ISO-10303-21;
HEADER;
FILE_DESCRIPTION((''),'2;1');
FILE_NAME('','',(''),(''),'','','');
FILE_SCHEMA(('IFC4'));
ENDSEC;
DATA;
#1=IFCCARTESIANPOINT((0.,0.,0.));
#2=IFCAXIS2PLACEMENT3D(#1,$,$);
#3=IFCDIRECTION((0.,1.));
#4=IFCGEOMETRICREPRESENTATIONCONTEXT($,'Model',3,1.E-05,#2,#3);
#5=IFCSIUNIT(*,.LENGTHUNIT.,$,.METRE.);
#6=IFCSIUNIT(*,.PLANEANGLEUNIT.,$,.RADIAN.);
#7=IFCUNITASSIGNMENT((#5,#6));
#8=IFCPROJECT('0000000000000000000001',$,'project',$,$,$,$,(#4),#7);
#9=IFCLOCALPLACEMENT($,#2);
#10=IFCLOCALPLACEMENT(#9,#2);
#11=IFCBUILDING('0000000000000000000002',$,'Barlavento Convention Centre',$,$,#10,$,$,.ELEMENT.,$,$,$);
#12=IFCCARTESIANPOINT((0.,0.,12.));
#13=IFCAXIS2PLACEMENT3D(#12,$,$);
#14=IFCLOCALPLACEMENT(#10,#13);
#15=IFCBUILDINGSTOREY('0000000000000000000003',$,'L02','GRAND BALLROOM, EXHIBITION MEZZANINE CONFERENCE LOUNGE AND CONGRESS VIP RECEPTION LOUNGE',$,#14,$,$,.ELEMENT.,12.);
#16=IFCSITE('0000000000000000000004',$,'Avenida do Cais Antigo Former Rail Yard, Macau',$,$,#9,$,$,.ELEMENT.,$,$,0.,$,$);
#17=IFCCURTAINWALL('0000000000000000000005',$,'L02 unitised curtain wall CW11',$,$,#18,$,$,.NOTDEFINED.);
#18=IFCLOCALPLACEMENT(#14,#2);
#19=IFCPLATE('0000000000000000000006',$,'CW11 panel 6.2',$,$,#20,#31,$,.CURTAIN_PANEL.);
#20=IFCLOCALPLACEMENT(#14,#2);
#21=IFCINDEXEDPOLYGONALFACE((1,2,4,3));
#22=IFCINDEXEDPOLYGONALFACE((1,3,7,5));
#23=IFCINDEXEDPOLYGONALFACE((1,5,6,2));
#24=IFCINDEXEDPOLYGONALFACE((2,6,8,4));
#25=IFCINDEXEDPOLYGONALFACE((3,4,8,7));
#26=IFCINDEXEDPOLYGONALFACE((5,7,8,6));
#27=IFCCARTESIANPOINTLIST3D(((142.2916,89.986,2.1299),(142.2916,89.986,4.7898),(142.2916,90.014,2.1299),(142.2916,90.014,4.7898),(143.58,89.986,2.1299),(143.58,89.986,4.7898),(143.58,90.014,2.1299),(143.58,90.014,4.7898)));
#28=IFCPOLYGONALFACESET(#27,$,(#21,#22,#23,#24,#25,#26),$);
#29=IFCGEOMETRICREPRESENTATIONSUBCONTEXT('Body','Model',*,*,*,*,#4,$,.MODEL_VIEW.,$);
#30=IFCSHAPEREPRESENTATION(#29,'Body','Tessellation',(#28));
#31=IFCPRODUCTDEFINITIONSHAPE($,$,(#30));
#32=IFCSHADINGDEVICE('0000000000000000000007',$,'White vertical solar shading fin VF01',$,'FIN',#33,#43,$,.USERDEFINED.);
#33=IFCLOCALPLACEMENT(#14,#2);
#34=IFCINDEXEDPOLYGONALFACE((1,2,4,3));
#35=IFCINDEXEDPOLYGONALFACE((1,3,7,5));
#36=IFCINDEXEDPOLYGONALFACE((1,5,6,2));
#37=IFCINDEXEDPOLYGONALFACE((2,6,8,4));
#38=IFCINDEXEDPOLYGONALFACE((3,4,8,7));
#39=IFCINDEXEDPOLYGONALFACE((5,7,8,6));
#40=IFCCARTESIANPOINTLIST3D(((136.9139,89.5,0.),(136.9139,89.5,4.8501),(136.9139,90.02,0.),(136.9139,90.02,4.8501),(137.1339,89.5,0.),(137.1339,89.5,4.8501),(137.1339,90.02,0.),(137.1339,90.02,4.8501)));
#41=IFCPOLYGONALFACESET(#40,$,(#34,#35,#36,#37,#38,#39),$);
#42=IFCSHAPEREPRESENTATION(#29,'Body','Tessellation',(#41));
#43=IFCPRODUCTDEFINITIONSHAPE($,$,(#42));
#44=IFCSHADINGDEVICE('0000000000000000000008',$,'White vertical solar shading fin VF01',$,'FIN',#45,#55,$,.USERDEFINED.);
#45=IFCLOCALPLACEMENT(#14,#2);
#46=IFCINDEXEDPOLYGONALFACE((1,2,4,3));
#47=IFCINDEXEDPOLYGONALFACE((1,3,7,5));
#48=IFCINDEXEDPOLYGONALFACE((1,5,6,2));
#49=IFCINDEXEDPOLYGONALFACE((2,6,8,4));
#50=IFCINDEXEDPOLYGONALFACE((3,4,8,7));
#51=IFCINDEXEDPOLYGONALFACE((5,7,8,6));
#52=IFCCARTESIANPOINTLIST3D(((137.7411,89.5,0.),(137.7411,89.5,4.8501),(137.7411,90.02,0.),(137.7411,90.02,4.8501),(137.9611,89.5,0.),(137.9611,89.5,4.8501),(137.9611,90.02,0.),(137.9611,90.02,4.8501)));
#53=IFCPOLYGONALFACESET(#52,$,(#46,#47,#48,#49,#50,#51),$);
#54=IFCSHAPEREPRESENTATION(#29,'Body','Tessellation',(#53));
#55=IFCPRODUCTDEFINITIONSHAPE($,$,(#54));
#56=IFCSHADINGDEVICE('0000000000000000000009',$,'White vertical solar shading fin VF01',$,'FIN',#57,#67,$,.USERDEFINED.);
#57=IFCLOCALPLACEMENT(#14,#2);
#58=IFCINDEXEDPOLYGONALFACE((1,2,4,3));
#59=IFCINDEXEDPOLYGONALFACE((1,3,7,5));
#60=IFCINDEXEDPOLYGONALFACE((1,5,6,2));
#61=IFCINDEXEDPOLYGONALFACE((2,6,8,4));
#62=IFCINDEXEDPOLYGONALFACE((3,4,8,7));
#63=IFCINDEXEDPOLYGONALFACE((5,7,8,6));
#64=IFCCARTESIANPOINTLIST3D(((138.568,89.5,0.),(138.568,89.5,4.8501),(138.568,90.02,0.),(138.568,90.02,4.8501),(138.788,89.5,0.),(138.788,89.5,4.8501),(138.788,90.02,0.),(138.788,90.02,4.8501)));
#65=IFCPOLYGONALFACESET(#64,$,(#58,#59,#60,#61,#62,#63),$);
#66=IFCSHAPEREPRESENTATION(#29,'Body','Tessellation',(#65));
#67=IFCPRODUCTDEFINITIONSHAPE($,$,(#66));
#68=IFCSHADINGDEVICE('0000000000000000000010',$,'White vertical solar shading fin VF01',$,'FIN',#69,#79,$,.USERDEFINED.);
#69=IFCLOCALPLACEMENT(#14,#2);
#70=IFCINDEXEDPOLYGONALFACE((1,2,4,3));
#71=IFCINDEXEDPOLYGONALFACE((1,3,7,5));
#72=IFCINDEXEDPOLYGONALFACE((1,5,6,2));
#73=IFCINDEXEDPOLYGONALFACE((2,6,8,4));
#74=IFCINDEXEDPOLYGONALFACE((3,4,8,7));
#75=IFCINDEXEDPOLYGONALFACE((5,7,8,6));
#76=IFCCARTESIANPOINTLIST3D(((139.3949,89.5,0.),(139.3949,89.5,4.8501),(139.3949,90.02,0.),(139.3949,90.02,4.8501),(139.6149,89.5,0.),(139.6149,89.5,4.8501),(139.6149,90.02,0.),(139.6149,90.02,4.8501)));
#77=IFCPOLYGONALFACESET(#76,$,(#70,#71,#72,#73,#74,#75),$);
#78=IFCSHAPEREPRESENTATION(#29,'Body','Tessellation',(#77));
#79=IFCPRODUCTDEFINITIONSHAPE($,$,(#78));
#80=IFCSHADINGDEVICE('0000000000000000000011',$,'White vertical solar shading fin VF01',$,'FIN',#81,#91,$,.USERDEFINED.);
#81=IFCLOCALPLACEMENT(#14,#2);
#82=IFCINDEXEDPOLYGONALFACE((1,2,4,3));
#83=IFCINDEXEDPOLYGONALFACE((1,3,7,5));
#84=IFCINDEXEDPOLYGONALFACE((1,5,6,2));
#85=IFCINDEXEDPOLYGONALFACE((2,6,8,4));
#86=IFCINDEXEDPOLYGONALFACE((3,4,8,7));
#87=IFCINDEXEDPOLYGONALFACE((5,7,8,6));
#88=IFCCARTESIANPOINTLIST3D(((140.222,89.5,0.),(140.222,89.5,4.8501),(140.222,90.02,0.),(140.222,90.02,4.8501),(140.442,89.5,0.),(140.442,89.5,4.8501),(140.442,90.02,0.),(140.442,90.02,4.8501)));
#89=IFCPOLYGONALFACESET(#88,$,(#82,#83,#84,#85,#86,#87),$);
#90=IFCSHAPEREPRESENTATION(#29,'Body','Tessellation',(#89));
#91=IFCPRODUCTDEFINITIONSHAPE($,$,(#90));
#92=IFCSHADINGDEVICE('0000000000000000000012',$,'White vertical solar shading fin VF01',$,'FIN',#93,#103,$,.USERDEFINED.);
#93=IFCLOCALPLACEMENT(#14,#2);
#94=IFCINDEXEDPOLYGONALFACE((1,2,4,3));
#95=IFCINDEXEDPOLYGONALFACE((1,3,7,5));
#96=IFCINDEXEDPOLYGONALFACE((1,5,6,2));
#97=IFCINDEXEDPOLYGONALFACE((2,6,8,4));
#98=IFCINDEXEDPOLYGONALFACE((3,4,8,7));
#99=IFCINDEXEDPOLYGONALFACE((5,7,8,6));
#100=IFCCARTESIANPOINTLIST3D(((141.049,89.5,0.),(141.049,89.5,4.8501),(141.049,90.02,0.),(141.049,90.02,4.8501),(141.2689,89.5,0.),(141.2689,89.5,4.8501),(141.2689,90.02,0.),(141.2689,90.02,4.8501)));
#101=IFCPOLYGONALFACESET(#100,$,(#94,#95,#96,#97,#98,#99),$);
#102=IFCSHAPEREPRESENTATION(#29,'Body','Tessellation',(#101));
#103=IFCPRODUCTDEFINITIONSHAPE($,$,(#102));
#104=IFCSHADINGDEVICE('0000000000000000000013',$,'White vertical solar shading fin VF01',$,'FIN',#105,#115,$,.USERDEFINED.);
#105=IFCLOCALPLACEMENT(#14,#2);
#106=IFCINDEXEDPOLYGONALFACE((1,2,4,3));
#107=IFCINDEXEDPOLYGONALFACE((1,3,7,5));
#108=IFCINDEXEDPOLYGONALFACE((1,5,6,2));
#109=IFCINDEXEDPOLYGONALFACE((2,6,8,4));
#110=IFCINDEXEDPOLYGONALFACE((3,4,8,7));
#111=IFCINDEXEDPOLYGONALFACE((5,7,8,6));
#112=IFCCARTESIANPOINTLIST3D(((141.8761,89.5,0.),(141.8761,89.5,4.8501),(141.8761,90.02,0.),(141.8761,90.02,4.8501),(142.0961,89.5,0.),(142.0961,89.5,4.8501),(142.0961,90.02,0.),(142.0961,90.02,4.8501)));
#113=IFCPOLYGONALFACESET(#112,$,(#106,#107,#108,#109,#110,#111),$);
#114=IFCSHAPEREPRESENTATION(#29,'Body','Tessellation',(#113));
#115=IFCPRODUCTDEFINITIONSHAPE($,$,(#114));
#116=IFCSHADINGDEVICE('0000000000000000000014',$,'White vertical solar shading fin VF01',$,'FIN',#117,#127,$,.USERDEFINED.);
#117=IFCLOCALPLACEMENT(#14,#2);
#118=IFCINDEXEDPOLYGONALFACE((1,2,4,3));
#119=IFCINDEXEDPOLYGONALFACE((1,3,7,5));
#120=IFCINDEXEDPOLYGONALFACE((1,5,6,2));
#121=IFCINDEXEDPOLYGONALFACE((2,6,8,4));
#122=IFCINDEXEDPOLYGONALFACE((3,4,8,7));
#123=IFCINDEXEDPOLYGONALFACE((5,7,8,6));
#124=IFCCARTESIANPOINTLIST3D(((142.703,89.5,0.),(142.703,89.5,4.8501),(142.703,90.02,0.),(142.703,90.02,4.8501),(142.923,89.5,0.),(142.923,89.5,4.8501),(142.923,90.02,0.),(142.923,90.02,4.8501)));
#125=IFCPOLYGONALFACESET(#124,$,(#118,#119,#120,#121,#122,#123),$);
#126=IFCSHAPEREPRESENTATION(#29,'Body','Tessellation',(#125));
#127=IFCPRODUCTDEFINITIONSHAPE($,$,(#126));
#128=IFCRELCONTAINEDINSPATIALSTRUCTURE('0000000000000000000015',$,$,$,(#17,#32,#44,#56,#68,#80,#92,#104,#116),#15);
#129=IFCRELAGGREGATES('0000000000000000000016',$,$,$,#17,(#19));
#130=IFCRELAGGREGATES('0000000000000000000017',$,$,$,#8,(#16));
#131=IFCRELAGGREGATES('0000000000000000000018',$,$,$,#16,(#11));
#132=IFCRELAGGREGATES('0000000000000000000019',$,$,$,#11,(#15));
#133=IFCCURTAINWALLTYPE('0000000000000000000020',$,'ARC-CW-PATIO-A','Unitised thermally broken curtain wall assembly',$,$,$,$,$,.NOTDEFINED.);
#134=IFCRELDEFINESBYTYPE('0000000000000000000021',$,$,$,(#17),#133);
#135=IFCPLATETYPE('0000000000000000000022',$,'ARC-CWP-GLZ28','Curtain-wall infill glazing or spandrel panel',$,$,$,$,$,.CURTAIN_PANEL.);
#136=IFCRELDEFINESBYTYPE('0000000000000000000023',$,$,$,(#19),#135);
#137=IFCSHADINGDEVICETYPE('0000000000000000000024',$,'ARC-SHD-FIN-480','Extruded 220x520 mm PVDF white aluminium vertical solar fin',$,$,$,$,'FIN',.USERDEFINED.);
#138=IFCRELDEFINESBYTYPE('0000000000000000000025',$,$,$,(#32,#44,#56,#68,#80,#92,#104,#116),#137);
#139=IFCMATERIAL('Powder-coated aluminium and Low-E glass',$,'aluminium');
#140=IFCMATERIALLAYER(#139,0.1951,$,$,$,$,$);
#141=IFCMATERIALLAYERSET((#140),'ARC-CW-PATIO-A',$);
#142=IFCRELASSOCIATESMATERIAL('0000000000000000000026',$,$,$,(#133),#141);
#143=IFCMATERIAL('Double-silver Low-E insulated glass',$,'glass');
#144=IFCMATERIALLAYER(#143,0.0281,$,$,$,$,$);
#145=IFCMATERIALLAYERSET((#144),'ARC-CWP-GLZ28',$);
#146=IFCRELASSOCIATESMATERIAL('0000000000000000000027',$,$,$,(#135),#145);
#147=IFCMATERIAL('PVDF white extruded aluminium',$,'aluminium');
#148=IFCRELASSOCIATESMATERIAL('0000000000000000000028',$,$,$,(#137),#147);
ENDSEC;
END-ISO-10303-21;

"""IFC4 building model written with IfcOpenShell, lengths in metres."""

from ifc_helpers import new_model, si_unit, direction, frame, origin, origin_2d, place, context, subcontext, project, spatial, rectangle, extrude, material, layer, layer_set, type_object, element, aggregate, save


model = new_model("IFC4")

# Units and contexts
model_context = context("Model", 3, precision=1e-05, world=origin(), true_north=direction((0.0, 1.0)))
body_context = subcontext(model_context, "Body", "Model", "MODEL_VIEW")
ifc_project = project(units=[si_unit("LENGTHUNIT", "METRE"), si_unit("PLANEANGLEUNIT", "RADIAN")], contexts=[model_context])

# Site, building, storey
site_placement = place(None, origin())
site = spatial("IfcSite", under=ifc_project, at=site_placement, Name="Avenida do Cais Antigo Former Rail Yard, Macau", CompositionType="ELEMENT", RefElevation=0.0)
building_placement = place(site_placement, origin())
building = spatial("IfcBuilding", under=site, at=building_placement, Name="Barlavento Convention Centre", CompositionType="ELEMENT")
storey_placement = place(building_placement, frame((0.0, 0.0, 12.0)))
storey = spatial("IfcBuildingStorey", under=building, at=storey_placement, Name="L02", Description="GRAND BALLROOM, EXHIBITION MEZZANINE CONFERENCE LOUNGE AND CONGRESS VIP RECEPTION LOUNGE", CompositionType="ELEMENT", Elevation=12.0)

# Curtain wall
ifc_material_1 = material(Name="Powder-coated aluminium and Low-E glass", Category="aluminium")
ifc_layer_1 = layer(ifc_material_1, 0.1951)
ifc_layer_set_1 = layer_set([ifc_layer_1], Name="ARC-CW-PATIO-A")
curtain_wall_type = type_object("IfcCurtainWallType", Name="ARC-CW-PATIO-A", Description="Unitised thermally broken curtain wall assembly", PredefinedType="NOTDEFINED", material=ifc_layer_set_1)
curtain_wall_placement = place(storey_placement, origin())
curtain_wall = element("IfcCurtainWall", 1, at=curtain_wall_placement, inside=storey, type_object=curtain_wall_type, Name="L02 unitised curtain wall CW11", PredefinedType="NOTDEFINED")

# Plate
ifc_material_2 = material(Name="Double-silver Low-E insulated glass", Category="glass")
ifc_layer_2 = layer(ifc_material_2, 0.0281)
ifc_layer_set_2 = layer_set([ifc_layer_2], Name="ARC-CWP-GLZ28")
plate_type = type_object("IfcPlateType", Name="ARC-CWP-GLZ28", Description="Curtain-wall infill glazing or spandrel panel", PredefinedType="CURTAIN_PANEL", material=ifc_layer_set_2)
plate_1_placement = place(storey_placement, frame((142.9358, 90.0, 2.1299), z_axis=(0.0, 0.0, 1.0), x_axis=(1.0, 0.0, 0.0)))
plate_1 = element("IfcPlate", 2, at=plate_1_placement, type_object=plate_type, Name="CW11 panel 6.2", PredefinedType="CURTAIN_PANEL", context=body_context, shape_type="SweptSolid", body=[
    extrude(rectangle(XDim=1.2883, YDim=0.0281, at=origin_2d()), origin(), (0.0, 0.0, 1.0), 2.6599),
])
aggregate(curtain_wall, [plate_1])

# Shading devices
ifc_material_3 = material(Name="PVDF white extruded aluminium", Category="aluminium")
shading_device_type = type_object("IfcShadingDeviceType", Name="ARC-SHD-FIN-480", Description="Extruded 220x520 mm PVDF white aluminium vertical solar fin", ElementType="FIN", PredefinedType="USERDEFINED", material=ifc_material_3)
for number, where, z_axis, x_axis, name in (
    (3, (137.0239, 89.76, 0.0), (0.0, 0.0, 1.0), (1.0, 0.0, 0.0), "White vertical solar shading fin VF01"),
    (4, (137.8511, 89.76, 0.0), (0.0, 0.0, 1.0), (1.0, 0.0, 0.0), "White vertical solar shading fin VF01"),
    (5, (138.678, 89.76, 0.0), (0.0, 0.0, 1.0), (1.0, 0.0, 0.0), "White vertical solar shading fin VF01"),
    (6, (139.5049, 89.76, 0.0), (0.0, 0.0, 1.0), (1.0, 0.0, 0.0), "White vertical solar shading fin VF01"),
    (7, (140.332, 89.76, 0.0), (0.0, 0.0, 1.0), (1.0, 0.0, 0.0), "White vertical solar shading fin VF01"),
    (8, (141.1589, 89.76, 0.0), (0.0, 0.0, 1.0), (1.0, 0.0, 0.0), "White vertical solar shading fin VF01"),
    (9, (141.9861, 89.76, 0.0), (0.0, 0.0, 1.0), (1.0, 0.0, 0.0), "White vertical solar shading fin VF01"),
    (10, (142.813, 89.76, 0.0), (0.0, 0.0, 1.0), (1.0, 0.0, 0.0), "White vertical solar shading fin VF01"),
):
    element("IfcShadingDevice", number, at=place(storey_placement, frame(where, z_axis=z_axis, x_axis=x_axis)), inside=storey, type_object=shading_device_type, Name=name, ObjectType="FIN", PredefinedType="USERDEFINED", context=body_context, shape_type="SweptSolid", body=[
        extrude(rectangle(XDim=0.22, YDim=0.52, at=origin_2d()), origin(), (0.0, 0.0, 1.0), 4.8501),
    ])

save(model, "model.ifc")
